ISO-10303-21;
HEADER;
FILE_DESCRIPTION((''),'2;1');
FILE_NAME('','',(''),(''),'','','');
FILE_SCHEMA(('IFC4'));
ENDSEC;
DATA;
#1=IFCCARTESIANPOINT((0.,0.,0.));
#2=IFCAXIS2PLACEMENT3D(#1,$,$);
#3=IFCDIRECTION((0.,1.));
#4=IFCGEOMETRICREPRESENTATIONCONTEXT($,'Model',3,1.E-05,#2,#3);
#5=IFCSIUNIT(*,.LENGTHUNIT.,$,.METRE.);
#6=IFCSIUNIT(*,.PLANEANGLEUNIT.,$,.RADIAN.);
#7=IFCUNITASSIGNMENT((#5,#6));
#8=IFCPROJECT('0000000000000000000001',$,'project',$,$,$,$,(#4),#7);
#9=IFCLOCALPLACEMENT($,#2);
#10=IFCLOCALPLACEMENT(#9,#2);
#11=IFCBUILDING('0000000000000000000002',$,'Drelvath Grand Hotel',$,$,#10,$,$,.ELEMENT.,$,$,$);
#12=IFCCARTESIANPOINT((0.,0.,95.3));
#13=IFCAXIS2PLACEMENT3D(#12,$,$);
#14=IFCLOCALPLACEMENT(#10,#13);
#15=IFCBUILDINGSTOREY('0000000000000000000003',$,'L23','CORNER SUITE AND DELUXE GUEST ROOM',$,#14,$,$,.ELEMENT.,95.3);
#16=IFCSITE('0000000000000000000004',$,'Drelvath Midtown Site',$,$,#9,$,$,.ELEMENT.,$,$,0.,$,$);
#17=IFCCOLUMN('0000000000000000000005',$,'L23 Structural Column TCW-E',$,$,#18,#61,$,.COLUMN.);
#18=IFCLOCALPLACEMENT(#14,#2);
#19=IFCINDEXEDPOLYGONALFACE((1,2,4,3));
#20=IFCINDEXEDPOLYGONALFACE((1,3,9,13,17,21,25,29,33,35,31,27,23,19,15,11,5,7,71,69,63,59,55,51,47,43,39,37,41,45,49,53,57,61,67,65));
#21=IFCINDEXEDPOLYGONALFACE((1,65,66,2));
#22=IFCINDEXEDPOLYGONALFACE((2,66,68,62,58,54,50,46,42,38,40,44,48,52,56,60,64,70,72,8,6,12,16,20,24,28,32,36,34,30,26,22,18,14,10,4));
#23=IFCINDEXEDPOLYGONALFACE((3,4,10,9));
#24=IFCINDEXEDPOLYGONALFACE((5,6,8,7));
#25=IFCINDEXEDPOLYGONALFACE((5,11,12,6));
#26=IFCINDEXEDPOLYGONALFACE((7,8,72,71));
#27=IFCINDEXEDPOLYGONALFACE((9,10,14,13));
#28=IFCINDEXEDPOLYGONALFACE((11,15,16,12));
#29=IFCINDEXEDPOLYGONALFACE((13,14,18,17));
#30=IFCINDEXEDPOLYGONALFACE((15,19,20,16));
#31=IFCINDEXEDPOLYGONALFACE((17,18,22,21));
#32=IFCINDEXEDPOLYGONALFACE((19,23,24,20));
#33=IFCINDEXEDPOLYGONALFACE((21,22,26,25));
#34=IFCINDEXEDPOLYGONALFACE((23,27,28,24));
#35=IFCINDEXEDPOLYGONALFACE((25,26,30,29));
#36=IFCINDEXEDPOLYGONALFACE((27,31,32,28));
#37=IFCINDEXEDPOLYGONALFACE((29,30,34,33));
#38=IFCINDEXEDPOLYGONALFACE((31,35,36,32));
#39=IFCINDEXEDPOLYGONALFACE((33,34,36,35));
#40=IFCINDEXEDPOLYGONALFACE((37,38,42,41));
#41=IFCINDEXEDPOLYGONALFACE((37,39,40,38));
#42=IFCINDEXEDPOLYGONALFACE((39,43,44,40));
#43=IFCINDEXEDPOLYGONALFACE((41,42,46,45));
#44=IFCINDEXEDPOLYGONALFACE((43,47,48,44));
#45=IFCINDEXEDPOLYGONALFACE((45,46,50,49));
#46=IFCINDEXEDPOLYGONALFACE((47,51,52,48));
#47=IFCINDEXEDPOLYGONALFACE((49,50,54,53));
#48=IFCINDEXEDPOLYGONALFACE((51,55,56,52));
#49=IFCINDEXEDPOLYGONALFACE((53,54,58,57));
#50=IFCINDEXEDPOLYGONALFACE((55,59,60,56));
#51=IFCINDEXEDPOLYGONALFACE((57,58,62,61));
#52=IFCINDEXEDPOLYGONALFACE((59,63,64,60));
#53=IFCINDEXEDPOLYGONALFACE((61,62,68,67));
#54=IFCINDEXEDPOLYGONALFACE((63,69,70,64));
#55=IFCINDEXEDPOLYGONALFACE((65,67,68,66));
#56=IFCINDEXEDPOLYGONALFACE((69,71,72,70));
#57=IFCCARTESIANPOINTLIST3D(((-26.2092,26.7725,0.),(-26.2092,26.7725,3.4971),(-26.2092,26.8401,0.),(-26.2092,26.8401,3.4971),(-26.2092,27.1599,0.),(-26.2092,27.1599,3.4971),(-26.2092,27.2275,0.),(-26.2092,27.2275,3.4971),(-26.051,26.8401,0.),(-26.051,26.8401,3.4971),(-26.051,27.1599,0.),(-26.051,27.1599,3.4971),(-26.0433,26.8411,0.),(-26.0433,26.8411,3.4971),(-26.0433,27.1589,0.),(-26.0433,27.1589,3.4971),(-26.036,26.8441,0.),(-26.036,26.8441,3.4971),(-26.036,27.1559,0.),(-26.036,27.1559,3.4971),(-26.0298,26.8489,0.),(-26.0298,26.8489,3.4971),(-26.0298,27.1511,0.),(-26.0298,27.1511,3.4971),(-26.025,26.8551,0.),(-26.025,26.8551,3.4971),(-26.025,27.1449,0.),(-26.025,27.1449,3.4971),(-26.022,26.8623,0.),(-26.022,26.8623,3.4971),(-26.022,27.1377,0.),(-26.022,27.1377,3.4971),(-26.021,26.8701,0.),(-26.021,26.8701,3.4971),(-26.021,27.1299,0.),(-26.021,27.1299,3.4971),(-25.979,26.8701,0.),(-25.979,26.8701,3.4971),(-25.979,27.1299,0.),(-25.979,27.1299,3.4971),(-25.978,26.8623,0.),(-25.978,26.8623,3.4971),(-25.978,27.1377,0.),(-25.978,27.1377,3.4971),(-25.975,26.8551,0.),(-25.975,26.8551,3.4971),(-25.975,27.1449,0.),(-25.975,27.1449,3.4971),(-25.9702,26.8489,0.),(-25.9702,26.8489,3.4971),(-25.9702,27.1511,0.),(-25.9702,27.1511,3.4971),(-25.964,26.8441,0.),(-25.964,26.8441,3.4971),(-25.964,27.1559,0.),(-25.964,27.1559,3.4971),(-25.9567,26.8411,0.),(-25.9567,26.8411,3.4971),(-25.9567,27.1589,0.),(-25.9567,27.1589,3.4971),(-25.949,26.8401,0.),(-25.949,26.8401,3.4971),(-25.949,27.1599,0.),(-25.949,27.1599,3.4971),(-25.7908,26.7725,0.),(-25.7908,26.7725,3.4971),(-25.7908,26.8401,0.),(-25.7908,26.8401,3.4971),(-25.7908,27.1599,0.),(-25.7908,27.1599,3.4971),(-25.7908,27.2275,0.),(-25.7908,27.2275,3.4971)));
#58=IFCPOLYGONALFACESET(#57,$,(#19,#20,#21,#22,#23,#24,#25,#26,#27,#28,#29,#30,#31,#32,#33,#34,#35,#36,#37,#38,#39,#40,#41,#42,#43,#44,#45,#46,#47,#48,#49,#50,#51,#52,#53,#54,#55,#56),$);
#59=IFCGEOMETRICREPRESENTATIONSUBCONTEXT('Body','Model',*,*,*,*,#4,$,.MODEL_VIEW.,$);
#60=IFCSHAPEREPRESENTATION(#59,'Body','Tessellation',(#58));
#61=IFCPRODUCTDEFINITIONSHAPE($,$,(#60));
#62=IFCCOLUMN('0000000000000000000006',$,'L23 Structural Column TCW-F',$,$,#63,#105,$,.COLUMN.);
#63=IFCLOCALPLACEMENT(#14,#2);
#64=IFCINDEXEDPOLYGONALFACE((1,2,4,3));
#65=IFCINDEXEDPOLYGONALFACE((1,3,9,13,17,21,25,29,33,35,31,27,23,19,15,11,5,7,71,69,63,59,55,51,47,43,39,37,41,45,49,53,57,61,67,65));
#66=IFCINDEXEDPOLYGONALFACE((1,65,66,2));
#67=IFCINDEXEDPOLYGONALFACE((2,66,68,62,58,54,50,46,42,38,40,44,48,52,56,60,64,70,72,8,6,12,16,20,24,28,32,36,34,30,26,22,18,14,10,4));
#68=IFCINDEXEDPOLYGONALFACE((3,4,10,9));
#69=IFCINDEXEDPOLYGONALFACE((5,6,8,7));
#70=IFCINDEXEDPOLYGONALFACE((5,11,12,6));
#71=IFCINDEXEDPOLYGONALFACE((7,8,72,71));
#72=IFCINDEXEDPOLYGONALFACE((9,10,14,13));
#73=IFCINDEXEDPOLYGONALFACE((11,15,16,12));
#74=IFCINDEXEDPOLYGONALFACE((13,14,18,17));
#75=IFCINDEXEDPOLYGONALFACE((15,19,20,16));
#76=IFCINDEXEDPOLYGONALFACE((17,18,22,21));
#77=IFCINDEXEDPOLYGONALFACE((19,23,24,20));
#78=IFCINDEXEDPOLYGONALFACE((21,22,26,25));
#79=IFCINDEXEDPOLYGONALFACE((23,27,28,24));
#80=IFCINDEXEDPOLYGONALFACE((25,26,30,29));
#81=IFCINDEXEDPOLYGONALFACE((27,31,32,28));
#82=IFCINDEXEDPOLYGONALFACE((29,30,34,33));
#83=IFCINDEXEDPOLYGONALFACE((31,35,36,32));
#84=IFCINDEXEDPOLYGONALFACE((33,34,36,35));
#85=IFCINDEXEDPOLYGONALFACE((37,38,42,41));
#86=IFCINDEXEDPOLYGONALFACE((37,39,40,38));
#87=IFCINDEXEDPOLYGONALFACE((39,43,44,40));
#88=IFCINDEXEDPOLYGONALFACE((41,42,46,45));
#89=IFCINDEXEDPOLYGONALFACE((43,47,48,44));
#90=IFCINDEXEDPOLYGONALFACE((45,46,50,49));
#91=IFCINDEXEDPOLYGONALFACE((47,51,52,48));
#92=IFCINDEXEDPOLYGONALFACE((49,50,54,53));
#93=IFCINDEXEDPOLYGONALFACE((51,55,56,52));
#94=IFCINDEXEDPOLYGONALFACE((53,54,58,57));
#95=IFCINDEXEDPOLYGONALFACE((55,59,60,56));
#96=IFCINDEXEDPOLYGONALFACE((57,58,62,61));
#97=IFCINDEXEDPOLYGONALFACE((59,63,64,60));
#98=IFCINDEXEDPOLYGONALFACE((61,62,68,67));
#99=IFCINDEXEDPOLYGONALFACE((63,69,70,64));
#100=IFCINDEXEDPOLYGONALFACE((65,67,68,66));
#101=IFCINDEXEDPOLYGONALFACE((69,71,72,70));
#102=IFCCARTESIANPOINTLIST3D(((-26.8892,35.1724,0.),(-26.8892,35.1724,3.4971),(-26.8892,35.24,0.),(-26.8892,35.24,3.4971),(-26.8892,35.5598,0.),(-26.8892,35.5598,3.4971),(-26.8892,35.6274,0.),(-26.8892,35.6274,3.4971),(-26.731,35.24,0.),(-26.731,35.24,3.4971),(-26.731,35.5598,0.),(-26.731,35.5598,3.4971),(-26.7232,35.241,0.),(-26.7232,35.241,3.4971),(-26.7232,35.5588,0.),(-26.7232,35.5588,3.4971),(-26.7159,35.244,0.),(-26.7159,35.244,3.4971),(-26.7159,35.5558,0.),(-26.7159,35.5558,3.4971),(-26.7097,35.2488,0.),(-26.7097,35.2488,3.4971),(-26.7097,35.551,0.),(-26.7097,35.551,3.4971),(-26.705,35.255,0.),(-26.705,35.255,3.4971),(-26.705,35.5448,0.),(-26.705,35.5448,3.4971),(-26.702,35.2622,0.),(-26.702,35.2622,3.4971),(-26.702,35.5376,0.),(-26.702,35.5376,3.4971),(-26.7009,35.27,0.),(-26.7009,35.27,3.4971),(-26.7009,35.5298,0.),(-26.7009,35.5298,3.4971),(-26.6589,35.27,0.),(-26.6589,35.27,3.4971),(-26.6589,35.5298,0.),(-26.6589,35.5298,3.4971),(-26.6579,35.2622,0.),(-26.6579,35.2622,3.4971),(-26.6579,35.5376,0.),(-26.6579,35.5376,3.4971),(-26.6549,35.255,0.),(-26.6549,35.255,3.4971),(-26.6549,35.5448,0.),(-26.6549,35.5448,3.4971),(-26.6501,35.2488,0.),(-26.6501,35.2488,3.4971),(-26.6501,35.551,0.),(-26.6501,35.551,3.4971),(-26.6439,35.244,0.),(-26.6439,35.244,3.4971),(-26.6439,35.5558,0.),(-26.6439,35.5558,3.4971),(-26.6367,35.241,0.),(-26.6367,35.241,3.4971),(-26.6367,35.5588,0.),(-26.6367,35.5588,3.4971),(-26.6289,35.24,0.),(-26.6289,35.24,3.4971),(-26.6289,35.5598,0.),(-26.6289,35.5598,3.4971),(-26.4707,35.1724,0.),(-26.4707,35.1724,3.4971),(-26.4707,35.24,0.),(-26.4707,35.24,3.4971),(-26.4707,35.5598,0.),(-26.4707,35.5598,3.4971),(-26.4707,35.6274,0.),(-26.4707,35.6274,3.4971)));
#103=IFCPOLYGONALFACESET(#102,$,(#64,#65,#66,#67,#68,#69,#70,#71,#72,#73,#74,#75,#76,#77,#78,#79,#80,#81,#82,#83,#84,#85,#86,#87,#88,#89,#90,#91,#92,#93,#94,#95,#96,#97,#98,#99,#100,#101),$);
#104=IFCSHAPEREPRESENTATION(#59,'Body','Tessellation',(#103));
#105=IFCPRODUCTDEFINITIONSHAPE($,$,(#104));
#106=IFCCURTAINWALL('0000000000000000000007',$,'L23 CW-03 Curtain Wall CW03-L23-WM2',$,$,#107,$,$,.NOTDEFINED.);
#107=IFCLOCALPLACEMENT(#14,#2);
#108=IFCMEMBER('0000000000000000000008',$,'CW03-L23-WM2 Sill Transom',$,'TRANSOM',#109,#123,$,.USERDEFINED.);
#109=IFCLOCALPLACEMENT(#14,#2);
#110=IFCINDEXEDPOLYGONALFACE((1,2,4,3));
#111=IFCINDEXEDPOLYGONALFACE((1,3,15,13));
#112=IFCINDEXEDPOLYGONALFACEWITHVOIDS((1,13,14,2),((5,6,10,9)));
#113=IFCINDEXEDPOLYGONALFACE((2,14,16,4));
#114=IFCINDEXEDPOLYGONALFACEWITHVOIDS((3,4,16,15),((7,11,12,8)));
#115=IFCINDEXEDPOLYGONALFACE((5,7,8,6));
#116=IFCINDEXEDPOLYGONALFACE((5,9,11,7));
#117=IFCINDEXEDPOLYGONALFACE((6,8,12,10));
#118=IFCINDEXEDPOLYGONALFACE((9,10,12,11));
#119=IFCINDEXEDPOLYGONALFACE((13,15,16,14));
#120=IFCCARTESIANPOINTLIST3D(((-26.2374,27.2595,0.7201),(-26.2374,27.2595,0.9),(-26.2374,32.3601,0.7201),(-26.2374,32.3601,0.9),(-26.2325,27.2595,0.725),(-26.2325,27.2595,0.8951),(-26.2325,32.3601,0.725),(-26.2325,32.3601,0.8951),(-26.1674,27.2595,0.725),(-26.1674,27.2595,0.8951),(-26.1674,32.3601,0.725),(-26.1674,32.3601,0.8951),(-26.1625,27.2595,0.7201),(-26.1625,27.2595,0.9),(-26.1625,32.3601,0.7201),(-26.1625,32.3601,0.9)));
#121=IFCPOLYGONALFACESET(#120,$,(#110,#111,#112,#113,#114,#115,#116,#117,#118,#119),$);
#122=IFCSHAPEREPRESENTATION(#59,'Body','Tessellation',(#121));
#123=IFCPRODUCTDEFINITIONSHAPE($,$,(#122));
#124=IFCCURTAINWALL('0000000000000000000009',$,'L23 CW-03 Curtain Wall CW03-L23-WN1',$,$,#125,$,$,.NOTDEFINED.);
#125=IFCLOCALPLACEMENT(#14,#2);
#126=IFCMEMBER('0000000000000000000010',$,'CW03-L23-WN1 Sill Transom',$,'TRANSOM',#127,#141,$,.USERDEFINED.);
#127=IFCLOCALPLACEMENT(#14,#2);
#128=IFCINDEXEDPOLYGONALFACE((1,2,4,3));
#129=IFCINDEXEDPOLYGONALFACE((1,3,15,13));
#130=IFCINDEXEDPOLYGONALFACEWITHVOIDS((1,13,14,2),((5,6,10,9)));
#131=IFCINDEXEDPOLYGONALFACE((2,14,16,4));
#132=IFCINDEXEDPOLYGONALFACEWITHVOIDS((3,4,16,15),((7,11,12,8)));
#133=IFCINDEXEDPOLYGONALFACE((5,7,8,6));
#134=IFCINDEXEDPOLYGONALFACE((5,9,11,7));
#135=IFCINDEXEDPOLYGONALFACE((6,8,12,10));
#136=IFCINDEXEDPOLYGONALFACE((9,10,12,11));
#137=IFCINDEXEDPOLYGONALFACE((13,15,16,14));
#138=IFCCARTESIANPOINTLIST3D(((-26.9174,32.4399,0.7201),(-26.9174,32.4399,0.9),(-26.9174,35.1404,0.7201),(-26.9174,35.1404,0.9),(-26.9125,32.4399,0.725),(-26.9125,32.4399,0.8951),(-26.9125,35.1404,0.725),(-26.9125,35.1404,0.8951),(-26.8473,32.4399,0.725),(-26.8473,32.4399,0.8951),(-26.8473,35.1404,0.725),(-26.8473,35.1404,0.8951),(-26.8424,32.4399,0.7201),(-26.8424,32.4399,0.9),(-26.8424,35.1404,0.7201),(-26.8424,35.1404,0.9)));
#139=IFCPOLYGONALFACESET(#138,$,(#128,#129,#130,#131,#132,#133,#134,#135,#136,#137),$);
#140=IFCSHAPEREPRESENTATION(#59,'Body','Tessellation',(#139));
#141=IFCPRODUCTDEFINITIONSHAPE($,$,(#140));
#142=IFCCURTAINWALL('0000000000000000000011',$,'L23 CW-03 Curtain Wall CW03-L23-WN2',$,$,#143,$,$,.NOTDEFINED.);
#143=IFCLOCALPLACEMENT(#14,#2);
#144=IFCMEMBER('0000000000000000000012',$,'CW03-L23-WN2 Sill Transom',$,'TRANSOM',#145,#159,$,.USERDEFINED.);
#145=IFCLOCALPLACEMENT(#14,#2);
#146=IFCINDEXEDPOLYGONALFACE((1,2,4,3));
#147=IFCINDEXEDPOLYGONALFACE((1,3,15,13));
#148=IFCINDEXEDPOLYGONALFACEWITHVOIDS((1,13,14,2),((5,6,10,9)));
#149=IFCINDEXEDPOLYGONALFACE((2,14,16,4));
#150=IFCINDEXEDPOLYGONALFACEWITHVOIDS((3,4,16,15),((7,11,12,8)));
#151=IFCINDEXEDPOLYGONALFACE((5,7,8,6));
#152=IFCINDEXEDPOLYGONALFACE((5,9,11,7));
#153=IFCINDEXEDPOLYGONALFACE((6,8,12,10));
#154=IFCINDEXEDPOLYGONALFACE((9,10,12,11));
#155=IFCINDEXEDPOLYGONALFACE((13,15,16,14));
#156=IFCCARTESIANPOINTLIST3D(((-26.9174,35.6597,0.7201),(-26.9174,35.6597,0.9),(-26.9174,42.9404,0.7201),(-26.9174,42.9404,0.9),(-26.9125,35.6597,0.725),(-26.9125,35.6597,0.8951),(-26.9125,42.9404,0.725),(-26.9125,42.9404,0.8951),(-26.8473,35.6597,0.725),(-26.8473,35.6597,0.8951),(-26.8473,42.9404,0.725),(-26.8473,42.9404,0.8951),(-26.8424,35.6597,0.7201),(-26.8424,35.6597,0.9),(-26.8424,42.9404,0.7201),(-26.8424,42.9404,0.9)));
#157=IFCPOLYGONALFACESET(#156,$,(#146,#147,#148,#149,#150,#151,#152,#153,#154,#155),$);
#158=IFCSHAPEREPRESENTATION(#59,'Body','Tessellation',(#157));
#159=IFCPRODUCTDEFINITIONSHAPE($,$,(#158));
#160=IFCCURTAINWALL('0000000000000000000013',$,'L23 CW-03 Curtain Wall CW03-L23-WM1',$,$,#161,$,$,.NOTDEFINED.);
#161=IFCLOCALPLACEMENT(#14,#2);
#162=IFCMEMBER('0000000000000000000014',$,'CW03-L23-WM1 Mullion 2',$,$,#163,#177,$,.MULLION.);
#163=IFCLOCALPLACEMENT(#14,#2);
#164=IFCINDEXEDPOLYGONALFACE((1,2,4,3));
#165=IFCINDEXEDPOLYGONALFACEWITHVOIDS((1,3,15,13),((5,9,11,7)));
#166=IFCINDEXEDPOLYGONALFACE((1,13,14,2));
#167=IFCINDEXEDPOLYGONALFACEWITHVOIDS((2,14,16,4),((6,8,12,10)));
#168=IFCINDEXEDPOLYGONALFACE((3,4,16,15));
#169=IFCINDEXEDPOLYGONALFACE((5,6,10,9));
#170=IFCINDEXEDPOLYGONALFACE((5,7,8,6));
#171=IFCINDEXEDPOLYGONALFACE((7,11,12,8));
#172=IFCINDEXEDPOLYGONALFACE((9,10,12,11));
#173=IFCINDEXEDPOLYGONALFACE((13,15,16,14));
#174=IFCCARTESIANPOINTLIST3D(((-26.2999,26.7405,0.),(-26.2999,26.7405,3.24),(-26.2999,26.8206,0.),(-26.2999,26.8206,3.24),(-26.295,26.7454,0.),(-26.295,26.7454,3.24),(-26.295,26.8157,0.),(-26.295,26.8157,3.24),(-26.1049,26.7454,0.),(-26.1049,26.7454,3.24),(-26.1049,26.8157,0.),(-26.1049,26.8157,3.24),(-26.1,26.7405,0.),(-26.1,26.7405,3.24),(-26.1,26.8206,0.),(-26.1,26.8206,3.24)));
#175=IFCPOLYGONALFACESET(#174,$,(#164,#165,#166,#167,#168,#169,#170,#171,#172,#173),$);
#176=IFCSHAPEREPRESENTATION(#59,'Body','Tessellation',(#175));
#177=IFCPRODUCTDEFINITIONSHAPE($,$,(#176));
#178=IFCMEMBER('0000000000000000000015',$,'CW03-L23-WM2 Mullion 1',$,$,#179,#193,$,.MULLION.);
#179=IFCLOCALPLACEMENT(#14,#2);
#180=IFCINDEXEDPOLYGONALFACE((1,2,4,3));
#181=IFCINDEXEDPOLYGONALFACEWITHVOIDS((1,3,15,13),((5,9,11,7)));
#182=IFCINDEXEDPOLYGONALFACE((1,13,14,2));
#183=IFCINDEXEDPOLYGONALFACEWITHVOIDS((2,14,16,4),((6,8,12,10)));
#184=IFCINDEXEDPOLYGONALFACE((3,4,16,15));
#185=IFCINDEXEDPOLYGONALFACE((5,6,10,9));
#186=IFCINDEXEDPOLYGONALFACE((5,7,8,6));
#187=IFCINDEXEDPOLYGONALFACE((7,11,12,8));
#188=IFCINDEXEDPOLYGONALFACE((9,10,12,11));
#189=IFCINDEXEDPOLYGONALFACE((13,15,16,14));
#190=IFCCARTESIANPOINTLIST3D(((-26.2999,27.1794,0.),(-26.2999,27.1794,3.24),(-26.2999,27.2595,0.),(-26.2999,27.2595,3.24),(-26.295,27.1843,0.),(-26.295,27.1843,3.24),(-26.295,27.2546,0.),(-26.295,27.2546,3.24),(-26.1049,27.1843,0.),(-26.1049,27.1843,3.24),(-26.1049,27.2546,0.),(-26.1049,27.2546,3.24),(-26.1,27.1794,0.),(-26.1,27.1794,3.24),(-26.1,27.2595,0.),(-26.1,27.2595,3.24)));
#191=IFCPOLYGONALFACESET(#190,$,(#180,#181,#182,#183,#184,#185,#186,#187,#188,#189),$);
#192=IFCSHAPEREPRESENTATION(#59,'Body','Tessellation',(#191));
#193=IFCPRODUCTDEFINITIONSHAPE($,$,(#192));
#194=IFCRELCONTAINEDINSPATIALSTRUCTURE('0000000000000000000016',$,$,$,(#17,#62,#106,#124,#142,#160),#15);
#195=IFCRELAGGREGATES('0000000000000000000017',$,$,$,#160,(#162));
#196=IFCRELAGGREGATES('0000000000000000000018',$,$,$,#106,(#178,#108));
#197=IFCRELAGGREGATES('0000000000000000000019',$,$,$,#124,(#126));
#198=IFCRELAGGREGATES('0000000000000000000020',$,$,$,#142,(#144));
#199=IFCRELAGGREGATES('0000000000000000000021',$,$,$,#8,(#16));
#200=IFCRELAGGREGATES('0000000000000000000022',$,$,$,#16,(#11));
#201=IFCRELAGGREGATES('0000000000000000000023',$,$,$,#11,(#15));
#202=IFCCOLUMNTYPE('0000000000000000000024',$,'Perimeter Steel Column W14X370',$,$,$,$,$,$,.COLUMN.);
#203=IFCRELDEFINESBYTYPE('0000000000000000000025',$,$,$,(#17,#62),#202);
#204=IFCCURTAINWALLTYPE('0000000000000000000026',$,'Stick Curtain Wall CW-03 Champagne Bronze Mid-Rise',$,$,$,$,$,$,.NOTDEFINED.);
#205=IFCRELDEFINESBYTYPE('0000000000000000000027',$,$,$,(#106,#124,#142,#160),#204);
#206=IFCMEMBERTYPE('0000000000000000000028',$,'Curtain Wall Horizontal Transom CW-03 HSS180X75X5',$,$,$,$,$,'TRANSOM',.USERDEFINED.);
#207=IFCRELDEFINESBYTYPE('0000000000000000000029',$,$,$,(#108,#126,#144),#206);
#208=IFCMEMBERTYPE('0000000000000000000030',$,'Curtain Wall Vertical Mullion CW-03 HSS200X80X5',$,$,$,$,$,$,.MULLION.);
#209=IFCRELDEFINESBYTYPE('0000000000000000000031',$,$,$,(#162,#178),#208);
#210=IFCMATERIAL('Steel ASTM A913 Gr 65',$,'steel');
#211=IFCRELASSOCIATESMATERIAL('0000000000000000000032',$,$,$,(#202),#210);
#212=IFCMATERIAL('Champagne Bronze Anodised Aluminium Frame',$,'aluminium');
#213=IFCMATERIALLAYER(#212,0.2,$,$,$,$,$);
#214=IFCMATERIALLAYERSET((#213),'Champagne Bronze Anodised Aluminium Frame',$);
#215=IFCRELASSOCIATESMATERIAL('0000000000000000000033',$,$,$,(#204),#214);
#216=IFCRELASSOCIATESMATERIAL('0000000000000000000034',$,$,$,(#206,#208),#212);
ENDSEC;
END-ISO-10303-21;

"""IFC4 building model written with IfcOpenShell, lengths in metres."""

from ifc_helpers import new_model, si_unit, direction, frame, origin, origin_2d, place, context, subcontext, project, spatial, hollow_rectangle, i_section, extrude, material, layer, layer_set, material_profile, profile_set, type_object, element, aggregate, save


model = new_model("IFC4")

# Units and contexts
model_context = context("Model", 3, precision=1e-05, world=origin(), true_north=direction((0.0, 1.0)))
body_context = subcontext(model_context, "Body", "Model", "MODEL_VIEW")
ifc_project = project(units=[si_unit("LENGTHUNIT", "METRE"), si_unit("PLANEANGLEUNIT", "RADIAN")], contexts=[model_context])

# Site, building, storey
site_placement = place(None, origin())
site = spatial("IfcSite", under=ifc_project, at=site_placement, Name="Drelvath Midtown Site", CompositionType="ELEMENT", RefElevation=0.0)
building_placement = place(site_placement, origin())
building = spatial("IfcBuilding", under=site, at=building_placement, Name="Drelvath Grand Hotel", CompositionType="ELEMENT")
storey_placement = place(building_placement, frame((0.0, 0.0, 95.3)))
storey = spatial("IfcBuildingStorey", under=building, at=storey_placement, Name="L23", Description="CORNER SUITE AND DELUXE GUEST ROOM", CompositionType="ELEMENT", Elevation=95.3)

# Columns
ifc_material_1 = material(Name="Steel ASTM A913 Gr 65", Category="steel")
ifc_material_profile_1 = material_profile(ifc_material_1, i_section(OverallWidth=0.4185, OverallDepth=0.4551, WebThickness=0.042, FlangeThickness=0.0676, FilletRadius=0.03, at=origin_2d()), Name="W14X370")
ifc_profile_set_1 = profile_set([ifc_material_profile_1], Name="Steel ASTM A913 Gr 65")
column_type = type_object("IfcColumnType", Name="Perimeter Steel Column W14X370", PredefinedType="COLUMN", material=ifc_profile_set_1)
for number, where, z_axis, x_axis, name in (
    (1, (-26.0, 27.0, 0.0), (0.0, 0.0, 1.0), (1.0, 0.0, 0.0), "L23 Structural Column TCW-E"),
    (2, (-26.6799, 35.3999, 0.0), (0.0, 0.0, 1.0), (1.0, 0.0, 0.0), "L23 Structural Column TCW-F"),
):
    element("IfcColumn", number, at=place(storey_placement, frame(where, z_axis=z_axis, x_axis=x_axis)), inside=storey, type_object=column_type, Name=name, PredefinedType="COLUMN", context=body_context, shape_type="SweptSolid", body=[
        extrude(i_section(OverallWidth=0.4185, OverallDepth=0.4551, WebThickness=0.042, FlangeThickness=0.0676, FilletRadius=0.03, at=origin_2d()), origin(), (0.0, 0.0, 1.0), 3.4971),
    ])

# Curtain walls, members
ifc_material_2 = material(Name="Champagne Bronze Anodised Aluminium Frame", Category="aluminium")
ifc_layer_1 = layer(ifc_material_2, 0.2)
ifc_layer_set_1 = layer_set([ifc_layer_1], Name="Champagne Bronze Anodised Aluminium Frame")
curtain_wall_type = type_object("IfcCurtainWallType", Name="Stick Curtain Wall CW-03 Champagne Bronze Mid-Rise", PredefinedType="NOTDEFINED", material=ifc_layer_set_1)
curtain_wall_1_placement = place(storey_placement, origin())
curtain_wall_1 = element("IfcCurtainWall", 3, at=curtain_wall_1_placement, inside=storey, type_object=curtain_wall_type, Name="L23 CW-03 Curtain Wall CW03-L23-WM2", PredefinedType="NOTDEFINED")
ifc_material_profile_2 = material_profile(ifc_material_2, hollow_rectangle(XDim=0.075, YDim=0.1799, WallThickness=0.0049, at=origin_2d()), Name="HSS180X75X5")
ifc_profile_set_2 = profile_set([ifc_material_profile_2], Name="Champagne Bronze Anodised Aluminium Frame")
member_type_1 = type_object("IfcMemberType", Name="Curtain Wall Horizontal Transom CW-03 HSS180X75X5", ElementType="TRANSOM", PredefinedType="USERDEFINED", material=ifc_profile_set_2)
member_1_placement = place(storey_placement, frame((-26.2, 27.2595, 0.8101), z_axis=(0.0, 1.0, 0.0), x_axis=(-1.0, 0.0, 0.0)))
member_1 = element("IfcMember", 4, at=member_1_placement, type_object=member_type_1, Name="CW03-L23-WM2 Sill Transom", ObjectType="TRANSOM", PredefinedType="USERDEFINED", context=body_context, shape_type="SweptSolid", body=[
    extrude(hollow_rectangle(XDim=0.075, YDim=0.1799, WallThickness=0.0049, at=origin_2d()), origin(), (0.0, 0.0, 1.0), 5.1006),
])
curtain_wall_2_placement = place(storey_placement, origin())
curtain_wall_2 = element("IfcCurtainWall", 5, at=curtain_wall_2_placement, inside=storey, type_object=curtain_wall_type, Name="L23 CW-03 Curtain Wall CW03-L23-WN1", PredefinedType="NOTDEFINED")
member_2_placement = place(storey_placement, frame((-26.8799, 32.4399, 0.8101), z_axis=(0.0, 1.0, 0.0), x_axis=(-1.0, 0.0, 0.0)))
member_2 = element("IfcMember", 6, at=member_2_placement, type_object=member_type_1, Name="CW03-L23-WN1 Sill Transom", ObjectType="TRANSOM", PredefinedType="USERDEFINED", context=body_context, shape_type="SweptSolid", body=[
    extrude(hollow_rectangle(XDim=0.075, YDim=0.1799, WallThickness=0.0049, at=origin_2d()), origin(), (0.0, 0.0, 1.0), 2.7004),
])
curtain_wall_3_placement = place(storey_placement, origin())
curtain_wall_3 = element("IfcCurtainWall", 7, at=curtain_wall_3_placement, inside=storey, type_object=curtain_wall_type, Name="L23 CW-03 Curtain Wall CW03-L23-WN2", PredefinedType="NOTDEFINED")
member_3_placement = place(storey_placement, frame((-26.8799, 35.6597, 0.8101), z_axis=(0.0, 1.0, 0.0), x_axis=(-1.0, 0.0, 0.0)))
member_3 = element("IfcMember", 8, at=member_3_placement, type_object=member_type_1, Name="CW03-L23-WN2 Sill Transom", ObjectType="TRANSOM", PredefinedType="USERDEFINED", context=body_context, shape_type="SweptSolid", body=[
    extrude(hollow_rectangle(XDim=0.075, YDim=0.1799, WallThickness=0.0049, at=origin_2d()), origin(), (0.0, 0.0, 1.0), 7.2808),
])
curtain_wall_4_placement = place(storey_placement, origin())
curtain_wall_4 = element("IfcCurtainWall", 9, at=curtain_wall_4_placement, inside=storey, type_object=curtain_wall_type, Name="L23 CW-03 Curtain Wall CW03-L23-WM1", PredefinedType="NOTDEFINED")
ifc_material_profile_3 = material_profile(ifc_material_2, hollow_rectangle(XDim=0.0801, YDim=0.2, WallThickness=0.0049, at=origin_2d()), Name="HSS200X80X5")
ifc_profile_set_3 = profile_set([ifc_material_profile_3], Name="Champagne Bronze Anodised Aluminium Frame")
member_type_2 = type_object("IfcMemberType", Name="Curtain Wall Vertical Mullion CW-03 HSS200X80X5", PredefinedType="MULLION", material=ifc_profile_set_3)
member_4_placement = place(storey_placement, frame((-26.2, 26.7805, 0.0), z_axis=(0.0, 0.0, 1.0), x_axis=(0.0, 1.0, 0.0)))
member_4 = element("IfcMember", 10, at=member_4_placement, type_object=member_type_2, Name="CW03-L23-WM1 Mullion 2", PredefinedType="MULLION", context=body_context, shape_type="SweptSolid", body=[
    extrude(hollow_rectangle(XDim=0.0801, YDim=0.2, WallThickness=0.0049, at=origin_2d()), origin(), (0.0, 0.0, 1.0), 3.24),
])
aggregate(curtain_wall_4, [member_4])

# Member
member_5_placement = place(storey_placement, frame((-26.2, 27.2195, 0.0), z_axis=(0.0, 0.0, 1.0), x_axis=(0.0, 1.0, 0.0)))
member_5 = element("IfcMember", 11, at=member_5_placement, type_object=member_type_2, Name="CW03-L23-WM2 Mullion 1", PredefinedType="MULLION", context=body_context, shape_type="SweptSolid", body=[
    extrude(hollow_rectangle(XDim=0.0801, YDim=0.2, WallThickness=0.0049, at=origin_2d()), origin(), (0.0, 0.0, 1.0), 3.24),
])

aggregate(curtain_wall_1, [member_5, member_1])
aggregate(curtain_wall_2, [member_2])
aggregate(curtain_wall_3, [member_3])

save(model, "model.ifc")
